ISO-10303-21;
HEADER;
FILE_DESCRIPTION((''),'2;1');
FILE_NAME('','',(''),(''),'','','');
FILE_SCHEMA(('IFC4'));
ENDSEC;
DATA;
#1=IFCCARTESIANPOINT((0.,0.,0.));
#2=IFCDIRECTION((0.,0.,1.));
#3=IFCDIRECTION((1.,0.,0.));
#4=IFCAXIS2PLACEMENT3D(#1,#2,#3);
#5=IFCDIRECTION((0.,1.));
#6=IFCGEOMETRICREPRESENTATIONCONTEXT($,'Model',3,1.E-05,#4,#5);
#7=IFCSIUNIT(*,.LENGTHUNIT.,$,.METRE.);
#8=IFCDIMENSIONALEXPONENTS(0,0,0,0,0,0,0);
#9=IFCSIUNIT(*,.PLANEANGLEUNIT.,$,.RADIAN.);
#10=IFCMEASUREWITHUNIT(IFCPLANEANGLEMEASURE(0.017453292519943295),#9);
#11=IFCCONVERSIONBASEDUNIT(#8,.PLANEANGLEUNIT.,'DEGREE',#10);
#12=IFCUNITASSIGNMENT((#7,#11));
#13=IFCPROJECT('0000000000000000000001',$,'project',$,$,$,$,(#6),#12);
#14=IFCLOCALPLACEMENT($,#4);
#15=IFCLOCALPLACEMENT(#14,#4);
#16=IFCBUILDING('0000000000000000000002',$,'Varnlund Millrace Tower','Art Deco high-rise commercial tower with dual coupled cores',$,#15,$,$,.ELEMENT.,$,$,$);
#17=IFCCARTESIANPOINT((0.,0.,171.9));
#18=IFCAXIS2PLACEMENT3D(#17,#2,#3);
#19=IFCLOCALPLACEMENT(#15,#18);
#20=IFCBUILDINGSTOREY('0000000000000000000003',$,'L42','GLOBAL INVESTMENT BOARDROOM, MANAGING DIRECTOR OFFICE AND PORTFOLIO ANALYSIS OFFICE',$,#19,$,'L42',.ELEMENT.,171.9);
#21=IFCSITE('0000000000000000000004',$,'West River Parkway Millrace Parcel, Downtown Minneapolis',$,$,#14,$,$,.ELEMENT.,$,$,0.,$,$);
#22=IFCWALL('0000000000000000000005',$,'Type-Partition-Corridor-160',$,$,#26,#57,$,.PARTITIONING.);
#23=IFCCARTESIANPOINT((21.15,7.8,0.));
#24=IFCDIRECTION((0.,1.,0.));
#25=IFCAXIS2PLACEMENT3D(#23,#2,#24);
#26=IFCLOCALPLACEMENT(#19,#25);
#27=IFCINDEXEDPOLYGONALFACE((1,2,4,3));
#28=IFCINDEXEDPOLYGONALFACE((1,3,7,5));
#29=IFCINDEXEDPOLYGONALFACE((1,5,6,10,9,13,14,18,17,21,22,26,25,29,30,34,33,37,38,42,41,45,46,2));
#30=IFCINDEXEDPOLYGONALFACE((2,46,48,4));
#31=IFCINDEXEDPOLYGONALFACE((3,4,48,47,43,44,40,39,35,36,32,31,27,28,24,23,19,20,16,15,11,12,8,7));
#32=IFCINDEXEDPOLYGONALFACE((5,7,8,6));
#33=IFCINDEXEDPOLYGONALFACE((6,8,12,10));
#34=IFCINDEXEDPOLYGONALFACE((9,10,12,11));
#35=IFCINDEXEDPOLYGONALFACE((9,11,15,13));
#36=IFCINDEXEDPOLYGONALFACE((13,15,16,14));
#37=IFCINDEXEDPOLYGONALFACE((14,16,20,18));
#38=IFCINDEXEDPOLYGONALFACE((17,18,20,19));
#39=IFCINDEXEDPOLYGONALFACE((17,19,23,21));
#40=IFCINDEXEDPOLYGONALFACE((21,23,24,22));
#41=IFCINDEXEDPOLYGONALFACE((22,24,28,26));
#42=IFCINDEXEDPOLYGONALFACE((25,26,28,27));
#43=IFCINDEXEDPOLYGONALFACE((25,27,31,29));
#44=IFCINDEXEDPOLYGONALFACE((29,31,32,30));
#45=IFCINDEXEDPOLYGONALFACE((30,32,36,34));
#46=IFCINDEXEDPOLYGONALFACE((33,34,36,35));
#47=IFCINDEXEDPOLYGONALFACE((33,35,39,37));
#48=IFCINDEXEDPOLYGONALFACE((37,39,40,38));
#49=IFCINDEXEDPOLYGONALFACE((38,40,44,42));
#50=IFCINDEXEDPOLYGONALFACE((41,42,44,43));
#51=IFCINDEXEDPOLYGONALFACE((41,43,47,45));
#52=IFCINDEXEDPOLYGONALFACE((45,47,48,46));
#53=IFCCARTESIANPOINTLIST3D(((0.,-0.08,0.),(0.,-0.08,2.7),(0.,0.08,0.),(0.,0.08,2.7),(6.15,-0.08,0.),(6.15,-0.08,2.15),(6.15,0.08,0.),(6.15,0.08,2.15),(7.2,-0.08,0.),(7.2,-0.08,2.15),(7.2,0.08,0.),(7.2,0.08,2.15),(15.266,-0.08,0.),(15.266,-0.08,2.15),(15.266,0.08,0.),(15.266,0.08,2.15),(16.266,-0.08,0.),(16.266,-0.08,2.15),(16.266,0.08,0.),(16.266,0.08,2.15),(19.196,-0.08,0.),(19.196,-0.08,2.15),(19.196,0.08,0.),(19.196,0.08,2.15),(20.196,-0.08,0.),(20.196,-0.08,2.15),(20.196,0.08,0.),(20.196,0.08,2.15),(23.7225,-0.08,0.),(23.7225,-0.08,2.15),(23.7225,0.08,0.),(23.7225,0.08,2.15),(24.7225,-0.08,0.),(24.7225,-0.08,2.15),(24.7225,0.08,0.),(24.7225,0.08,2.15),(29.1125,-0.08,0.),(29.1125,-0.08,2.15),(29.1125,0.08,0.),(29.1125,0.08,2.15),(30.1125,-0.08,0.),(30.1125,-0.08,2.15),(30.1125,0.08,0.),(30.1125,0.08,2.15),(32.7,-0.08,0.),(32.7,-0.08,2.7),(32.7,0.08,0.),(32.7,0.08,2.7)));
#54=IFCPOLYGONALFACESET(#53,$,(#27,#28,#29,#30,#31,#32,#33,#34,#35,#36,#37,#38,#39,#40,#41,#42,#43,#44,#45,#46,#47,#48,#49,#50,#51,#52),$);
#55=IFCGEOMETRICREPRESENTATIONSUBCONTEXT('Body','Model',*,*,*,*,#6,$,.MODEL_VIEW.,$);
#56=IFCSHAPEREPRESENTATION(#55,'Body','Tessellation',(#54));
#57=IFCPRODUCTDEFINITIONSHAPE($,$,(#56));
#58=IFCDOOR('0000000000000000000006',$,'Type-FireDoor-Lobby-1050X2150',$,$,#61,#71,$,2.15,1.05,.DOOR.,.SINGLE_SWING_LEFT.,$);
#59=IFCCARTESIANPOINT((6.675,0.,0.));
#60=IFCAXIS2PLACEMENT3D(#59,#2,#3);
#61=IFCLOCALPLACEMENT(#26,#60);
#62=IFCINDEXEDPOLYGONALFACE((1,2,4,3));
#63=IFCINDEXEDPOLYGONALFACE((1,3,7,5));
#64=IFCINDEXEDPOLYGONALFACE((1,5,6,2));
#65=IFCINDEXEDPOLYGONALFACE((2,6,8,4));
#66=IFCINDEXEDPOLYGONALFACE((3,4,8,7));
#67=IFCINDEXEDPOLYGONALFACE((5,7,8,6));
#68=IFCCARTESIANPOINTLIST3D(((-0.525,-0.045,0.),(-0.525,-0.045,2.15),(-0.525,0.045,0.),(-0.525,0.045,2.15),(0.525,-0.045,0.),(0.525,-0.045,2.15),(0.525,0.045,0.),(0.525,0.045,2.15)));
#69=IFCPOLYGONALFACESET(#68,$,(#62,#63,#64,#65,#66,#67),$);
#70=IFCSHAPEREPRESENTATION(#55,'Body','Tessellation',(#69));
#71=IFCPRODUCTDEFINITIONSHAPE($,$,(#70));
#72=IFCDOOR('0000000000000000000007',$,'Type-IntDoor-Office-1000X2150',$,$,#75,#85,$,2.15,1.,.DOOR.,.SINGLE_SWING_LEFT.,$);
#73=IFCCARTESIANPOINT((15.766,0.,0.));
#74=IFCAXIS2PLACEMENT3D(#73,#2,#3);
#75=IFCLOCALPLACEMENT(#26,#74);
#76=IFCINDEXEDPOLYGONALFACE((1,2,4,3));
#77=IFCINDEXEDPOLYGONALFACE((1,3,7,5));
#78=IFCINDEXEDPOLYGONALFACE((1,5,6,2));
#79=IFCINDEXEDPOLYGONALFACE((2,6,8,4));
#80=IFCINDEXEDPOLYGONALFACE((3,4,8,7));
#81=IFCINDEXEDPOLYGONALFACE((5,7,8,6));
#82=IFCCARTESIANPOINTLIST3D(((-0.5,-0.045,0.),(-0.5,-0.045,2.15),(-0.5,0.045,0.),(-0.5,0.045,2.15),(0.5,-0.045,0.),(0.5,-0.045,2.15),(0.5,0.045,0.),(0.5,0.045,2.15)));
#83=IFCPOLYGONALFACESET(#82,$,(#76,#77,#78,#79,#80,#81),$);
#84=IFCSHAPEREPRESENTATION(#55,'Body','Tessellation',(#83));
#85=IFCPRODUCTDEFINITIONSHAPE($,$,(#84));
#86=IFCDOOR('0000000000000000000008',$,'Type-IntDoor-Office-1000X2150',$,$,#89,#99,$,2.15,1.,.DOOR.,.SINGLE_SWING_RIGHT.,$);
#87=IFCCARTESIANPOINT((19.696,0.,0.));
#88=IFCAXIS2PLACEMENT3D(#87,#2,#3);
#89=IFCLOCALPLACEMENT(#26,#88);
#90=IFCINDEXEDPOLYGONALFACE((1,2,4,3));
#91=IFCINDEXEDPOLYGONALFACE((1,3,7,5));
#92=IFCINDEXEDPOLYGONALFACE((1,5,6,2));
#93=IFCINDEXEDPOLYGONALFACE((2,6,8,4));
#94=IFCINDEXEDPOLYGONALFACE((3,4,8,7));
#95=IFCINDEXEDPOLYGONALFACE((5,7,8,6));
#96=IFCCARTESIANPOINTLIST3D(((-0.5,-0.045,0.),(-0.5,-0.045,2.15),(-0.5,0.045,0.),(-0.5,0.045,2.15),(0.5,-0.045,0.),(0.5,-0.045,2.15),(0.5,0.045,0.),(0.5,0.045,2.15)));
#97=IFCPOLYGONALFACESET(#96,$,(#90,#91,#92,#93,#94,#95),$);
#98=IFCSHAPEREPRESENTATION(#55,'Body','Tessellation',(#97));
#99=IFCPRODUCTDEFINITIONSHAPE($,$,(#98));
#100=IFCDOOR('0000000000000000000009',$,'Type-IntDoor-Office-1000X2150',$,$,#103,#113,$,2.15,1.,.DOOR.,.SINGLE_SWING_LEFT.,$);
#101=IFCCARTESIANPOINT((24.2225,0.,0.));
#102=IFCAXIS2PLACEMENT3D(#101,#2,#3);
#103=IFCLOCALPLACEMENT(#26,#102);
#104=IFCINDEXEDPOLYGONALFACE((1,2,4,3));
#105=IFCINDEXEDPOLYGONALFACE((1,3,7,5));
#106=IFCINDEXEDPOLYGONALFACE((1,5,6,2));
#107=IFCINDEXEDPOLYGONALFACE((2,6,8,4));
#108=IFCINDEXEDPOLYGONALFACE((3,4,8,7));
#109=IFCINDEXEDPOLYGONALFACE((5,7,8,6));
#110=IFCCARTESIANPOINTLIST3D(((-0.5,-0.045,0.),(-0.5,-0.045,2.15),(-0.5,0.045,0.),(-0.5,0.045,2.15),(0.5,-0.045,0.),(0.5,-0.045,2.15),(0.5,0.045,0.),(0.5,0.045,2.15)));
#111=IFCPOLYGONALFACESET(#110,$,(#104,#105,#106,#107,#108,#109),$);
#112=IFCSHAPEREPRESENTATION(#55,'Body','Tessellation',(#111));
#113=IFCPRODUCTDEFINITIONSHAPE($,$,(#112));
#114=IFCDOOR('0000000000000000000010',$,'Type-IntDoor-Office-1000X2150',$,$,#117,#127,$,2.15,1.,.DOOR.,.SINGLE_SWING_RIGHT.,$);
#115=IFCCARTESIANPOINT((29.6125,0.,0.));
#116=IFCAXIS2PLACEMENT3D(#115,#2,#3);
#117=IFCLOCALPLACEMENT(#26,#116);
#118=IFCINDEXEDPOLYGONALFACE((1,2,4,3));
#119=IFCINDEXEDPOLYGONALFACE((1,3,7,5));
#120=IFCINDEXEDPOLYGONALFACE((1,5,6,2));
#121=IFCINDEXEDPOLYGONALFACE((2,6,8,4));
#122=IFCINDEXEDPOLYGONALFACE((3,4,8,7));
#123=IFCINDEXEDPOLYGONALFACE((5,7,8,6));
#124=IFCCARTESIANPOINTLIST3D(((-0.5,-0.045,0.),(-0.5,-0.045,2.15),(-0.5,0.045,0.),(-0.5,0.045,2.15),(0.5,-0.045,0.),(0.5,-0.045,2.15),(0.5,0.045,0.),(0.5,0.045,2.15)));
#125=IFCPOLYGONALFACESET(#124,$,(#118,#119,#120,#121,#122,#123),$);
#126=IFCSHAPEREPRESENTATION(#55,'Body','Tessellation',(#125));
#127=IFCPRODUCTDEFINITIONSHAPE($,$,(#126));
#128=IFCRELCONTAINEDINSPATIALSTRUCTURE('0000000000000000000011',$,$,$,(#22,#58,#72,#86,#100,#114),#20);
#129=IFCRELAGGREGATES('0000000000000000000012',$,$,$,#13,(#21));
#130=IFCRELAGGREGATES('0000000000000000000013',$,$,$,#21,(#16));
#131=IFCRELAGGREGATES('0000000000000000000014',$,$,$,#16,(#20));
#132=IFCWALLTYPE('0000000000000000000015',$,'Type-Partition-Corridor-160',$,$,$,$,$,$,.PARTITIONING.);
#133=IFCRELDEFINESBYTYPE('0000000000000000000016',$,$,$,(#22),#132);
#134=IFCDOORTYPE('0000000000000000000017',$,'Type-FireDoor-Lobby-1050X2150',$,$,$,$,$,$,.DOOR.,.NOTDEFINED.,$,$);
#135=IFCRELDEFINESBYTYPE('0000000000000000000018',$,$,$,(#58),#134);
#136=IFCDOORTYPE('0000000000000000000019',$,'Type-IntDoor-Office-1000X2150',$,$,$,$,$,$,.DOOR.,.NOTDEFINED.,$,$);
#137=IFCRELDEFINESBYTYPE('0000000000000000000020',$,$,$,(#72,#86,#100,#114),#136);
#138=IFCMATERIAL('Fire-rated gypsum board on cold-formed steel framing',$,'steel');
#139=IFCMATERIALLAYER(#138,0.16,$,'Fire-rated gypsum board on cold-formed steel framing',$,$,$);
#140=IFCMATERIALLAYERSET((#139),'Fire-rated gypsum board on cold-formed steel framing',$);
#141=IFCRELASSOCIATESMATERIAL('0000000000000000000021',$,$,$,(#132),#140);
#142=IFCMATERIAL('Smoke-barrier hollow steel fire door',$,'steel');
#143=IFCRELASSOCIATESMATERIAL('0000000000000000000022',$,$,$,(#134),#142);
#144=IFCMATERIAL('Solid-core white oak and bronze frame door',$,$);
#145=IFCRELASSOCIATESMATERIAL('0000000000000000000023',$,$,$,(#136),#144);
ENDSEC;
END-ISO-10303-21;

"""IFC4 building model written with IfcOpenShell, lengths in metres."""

from ifc_helpers import new_model, entity, si_unit, converted_unit, direction, frame, origin_with_axes, origin_2d_with_axis, place, context, subcontext, project, spatial, polyline, rectangle, outline, extrude, material, layer, layer_set, type_object, element, fill, save


model = new_model("IFC4")

# Units and contexts
model_context = context("Model", 3, precision=1e-05, world=origin_with_axes(), true_north=direction((0.0, 1.0)))
body_context = subcontext(model_context, "Body", "Model", "MODEL_VIEW")
ifc_project = project(units=[si_unit("LENGTHUNIT", "METRE"), converted_unit("PLANEANGLEUNIT", "DEGREE", entity("IfcPlaneAngleMeasure", 0.017453292519943295), si_unit("PLANEANGLEUNIT", "RADIAN"), dimensions=[0, 0, 0, 0, 0, 0, 0])], contexts=[model_context])

# Site, building, storey
site_placement = place(None, origin_with_axes())
site = spatial("IfcSite", under=ifc_project, at=site_placement, Name="West River Parkway Millrace Parcel, Downtown Minneapolis", CompositionType="ELEMENT", RefElevation=0.0)
building_placement = place(site_placement, origin_with_axes())
building = spatial("IfcBuilding", under=site, at=building_placement, Name="Varnlund Millrace Tower", Description="Art Deco high-rise commercial tower with dual coupled cores", CompositionType="ELEMENT")
storey_placement = place(building_placement, frame((0.0, 0.0, 171.9), z_axis=(0.0, 0.0, 1.0), x_axis=(1.0, 0.0, 0.0)))
storey = spatial("IfcBuildingStorey", under=building, at=storey_placement, Name="L42", Description="GLOBAL INVESTMENT BOARDROOM, MANAGING DIRECTOR OFFICE AND PORTFOLIO ANALYSIS OFFICE", LongName="L42", CompositionType="ELEMENT", Elevation=171.9)

# Wall, openings, doors
ifc_material_1 = material(Name="Fire-rated gypsum board on cold-formed steel framing", Category="steel")
ifc_layer_1 = layer(ifc_material_1, 0.16, Name="Fire-rated gypsum board on cold-formed steel framing")
ifc_layer_set_1 = layer_set([ifc_layer_1], Name="Fire-rated gypsum board on cold-formed steel framing")
wall_type_1 = type_object("IfcWallType", Name="Type-Partition-Corridor-160", PredefinedType="PARTITIONING", material=ifc_layer_set_1)
wall_1_placement = place(storey_placement, frame((21.15, 7.8, 0.0), z_axis=(0.0, 0.0, 1.0), x_axis=(0.0, 1.0, 0.0)))
wall_1 = element("IfcWall", 1, at=wall_1_placement, inside=storey, type_object=wall_type_1, Name="Type-Partition-Corridor-160", PredefinedType="PARTITIONING", context=body_context, shape_type="SweptSolid", body=[
    extrude(outline(polyline([(0.0, -0.08), (32.7, -0.08), (32.7, 0.08), (0.0, 0.08), (0.0, -0.08)])), origin_with_axes(), (0.0, 0.0, 1.0), 2.7),
])
opening_1_placement = place(wall_1_placement, frame((15.766, 0.0, 0.0), z_axis=(0.0, 0.0, 1.0), x_axis=(1.0, 0.0, 0.0)))
opening_1 = element("IfcOpeningElement", 2, at=opening_1_placement, cuts=wall_1, PredefinedType="OPENING", context=body_context, shape_type="SweptSolid", body=[
    extrude(rectangle(XDim=1.0, YDim=0.18, at=origin_2d_with_axis()), origin_with_axes(), (0.0, 0.0, 1.0), 2.15),
])
opening_2_placement = place(wall_1_placement, frame((19.696, 0.0, 0.0), z_axis=(0.0, 0.0, 1.0), x_axis=(1.0, 0.0, 0.0)))
opening_2 = element("IfcOpeningElement", 3, at=opening_2_placement, cuts=wall_1, PredefinedType="OPENING", context=body_context, shape_type="SweptSolid", body=[
    extrude(rectangle(XDim=1.0, YDim=0.18, at=origin_2d_with_axis()), origin_with_axes(), (0.0, 0.0, 1.0), 2.15),
])
opening_3_placement = place(wall_1_placement, frame((24.2225, 0.0, 0.0), z_axis=(0.0, 0.0, 1.0), x_axis=(1.0, 0.0, 0.0)))
opening_3 = element("IfcOpeningElement", 4, at=opening_3_placement, cuts=wall_1, PredefinedType="OPENING", context=body_context, shape_type="SweptSolid", body=[
    extrude(rectangle(XDim=1.0, YDim=0.18, at=origin_2d_with_axis()), origin_with_axes(), (0.0, 0.0, 1.0), 2.15),
])
opening_4_placement = place(wall_1_placement, frame((29.6125, 0.0, 0.0), z_axis=(0.0, 0.0, 1.0), x_axis=(1.0, 0.0, 0.0)))
opening_4 = element("IfcOpeningElement", 5, at=opening_4_placement, cuts=wall_1, PredefinedType="OPENING", context=body_context, shape_type="SweptSolid", body=[
    extrude(rectangle(XDim=1.0, YDim=0.18, at=origin_2d_with_axis()), origin_with_axes(), (0.0, 0.0, 1.0), 2.15),
])
opening_5_placement = place(wall_1_placement, frame((6.675, 0.0, 0.0), z_axis=(0.0, 0.0, 1.0), x_axis=(1.0, 0.0, 0.0)))
opening_5 = element("IfcOpeningElement", 6, at=opening_5_placement, cuts=wall_1, PredefinedType="OPENING", context=body_context, shape_type="SweptSolid", body=[
    extrude(rectangle(XDim=1.05, YDim=0.18, at=origin_2d_with_axis()), origin_with_axes(), (0.0, 0.0, 1.0), 2.15),
])
ifc_material_2 = material(Name="Smoke-barrier hollow steel fire door", Category="steel")
door_type_1 = type_object("IfcDoorType", Name="Type-FireDoor-Lobby-1050X2150", OperationType="NOTDEFINED", PredefinedType="DOOR", material=ifc_material_2)
door_1_placement = place(wall_1_placement, frame((6.675, 0.0, 0.0), z_axis=(0.0, 0.0, 1.0), x_axis=(1.0, 0.0, 0.0)))
door_1 = element("IfcDoor", 7, at=door_1_placement, inside=storey, type_object=door_type_1, Name="Type-FireDoor-Lobby-1050X2150", OperationType="SINGLE_SWING_LEFT", OverallHeight=2.15, OverallWidth=1.05, PredefinedType="DOOR", context=body_context, shape_type="SweptSolid", body=[
    extrude(rectangle(XDim=1.05, YDim=0.09, at=origin_2d_with_axis()), origin_with_axes(), (0.0, 0.0, 1.0), 2.15),
])
fill(opening_5, door_1)
ifc_material_3 = material(Name="Solid-core white oak and bronze frame door")
door_type_2 = type_object("IfcDoorType", Name="Type-IntDoor-Office-1000X2150", OperationType="NOTDEFINED", PredefinedType="DOOR", material=ifc_material_3)
door_2_placement = place(wall_1_placement, frame((15.766, 0.0, 0.0), z_axis=(0.0, 0.0, 1.0), x_axis=(1.0, 0.0, 0.0)))
door_2 = element("IfcDoor", 8, at=door_2_placement, inside=storey, type_object=door_type_2, Name="Type-IntDoor-Office-1000X2150", OperationType="SINGLE_SWING_LEFT", OverallHeight=2.15, OverallWidth=1.0, PredefinedType="DOOR", context=body_context, shape_type="SweptSolid", body=[
    extrude(rectangle(XDim=1.0, YDim=0.09, at=origin_2d_with_axis()), origin_with_axes(), (0.0, 0.0, 1.0), 2.15),
])
fill(opening_1, door_2)
door_3_placement = place(wall_1_placement, frame((19.696, 0.0, 0.0), z_axis=(0.0, 0.0, 1.0), x_axis=(1.0, 0.0, 0.0)))
door_3 = element("IfcDoor", 9, at=door_3_placement, inside=storey, type_object=door_type_2, Name="Type-IntDoor-Office-1000X2150", OperationType="SINGLE_SWING_RIGHT", OverallHeight=2.15, OverallWidth=1.0, PredefinedType="DOOR", context=body_context, shape_type="SweptSolid", body=[
    extrude(rectangle(XDim=1.0, YDim=0.09, at=origin_2d_with_axis()), origin_with_axes(), (0.0, 0.0, 1.0), 2.15),
])
fill(opening_2, door_3)
door_4_placement = place(wall_1_placement, frame((24.2225, 0.0, 0.0), z_axis=(0.0, 0.0, 1.0), x_axis=(1.0, 0.0, 0.0)))
door_4 = element("IfcDoor", 10, at=door_4_placement, inside=storey, type_object=door_type_2, Name="Type-IntDoor-Office-1000X2150", OperationType="SINGLE_SWING_LEFT", OverallHeight=2.15, OverallWidth=1.0, PredefinedType="DOOR", context=body_context, shape_type="SweptSolid", body=[
    extrude(rectangle(XDim=1.0, YDim=0.09, at=origin_2d_with_axis()), origin_with_axes(), (0.0, 0.0, 1.0), 2.15),
])
fill(opening_3, door_4)
door_5_placement = place(wall_1_placement, frame((29.6125, 0.0, 0.0), z_axis=(0.0, 0.0, 1.0), x_axis=(1.0, 0.0, 0.0)))
door_5 = element("IfcDoor", 11, at=door_5_placement, inside=storey, type_object=door_type_2, Name="Type-IntDoor-Office-1000X2150", OperationType="SINGLE_SWING_RIGHT", OverallHeight=2.15, OverallWidth=1.0, PredefinedType="DOOR", context=body_context, shape_type="SweptSolid", body=[
    extrude(rectangle(XDim=1.0, YDim=0.09, at=origin_2d_with_axis()), origin_with_axes(), (0.0, 0.0, 1.0), 2.15),
])
fill(opening_4, door_5)

save(model, "model.ifc")
